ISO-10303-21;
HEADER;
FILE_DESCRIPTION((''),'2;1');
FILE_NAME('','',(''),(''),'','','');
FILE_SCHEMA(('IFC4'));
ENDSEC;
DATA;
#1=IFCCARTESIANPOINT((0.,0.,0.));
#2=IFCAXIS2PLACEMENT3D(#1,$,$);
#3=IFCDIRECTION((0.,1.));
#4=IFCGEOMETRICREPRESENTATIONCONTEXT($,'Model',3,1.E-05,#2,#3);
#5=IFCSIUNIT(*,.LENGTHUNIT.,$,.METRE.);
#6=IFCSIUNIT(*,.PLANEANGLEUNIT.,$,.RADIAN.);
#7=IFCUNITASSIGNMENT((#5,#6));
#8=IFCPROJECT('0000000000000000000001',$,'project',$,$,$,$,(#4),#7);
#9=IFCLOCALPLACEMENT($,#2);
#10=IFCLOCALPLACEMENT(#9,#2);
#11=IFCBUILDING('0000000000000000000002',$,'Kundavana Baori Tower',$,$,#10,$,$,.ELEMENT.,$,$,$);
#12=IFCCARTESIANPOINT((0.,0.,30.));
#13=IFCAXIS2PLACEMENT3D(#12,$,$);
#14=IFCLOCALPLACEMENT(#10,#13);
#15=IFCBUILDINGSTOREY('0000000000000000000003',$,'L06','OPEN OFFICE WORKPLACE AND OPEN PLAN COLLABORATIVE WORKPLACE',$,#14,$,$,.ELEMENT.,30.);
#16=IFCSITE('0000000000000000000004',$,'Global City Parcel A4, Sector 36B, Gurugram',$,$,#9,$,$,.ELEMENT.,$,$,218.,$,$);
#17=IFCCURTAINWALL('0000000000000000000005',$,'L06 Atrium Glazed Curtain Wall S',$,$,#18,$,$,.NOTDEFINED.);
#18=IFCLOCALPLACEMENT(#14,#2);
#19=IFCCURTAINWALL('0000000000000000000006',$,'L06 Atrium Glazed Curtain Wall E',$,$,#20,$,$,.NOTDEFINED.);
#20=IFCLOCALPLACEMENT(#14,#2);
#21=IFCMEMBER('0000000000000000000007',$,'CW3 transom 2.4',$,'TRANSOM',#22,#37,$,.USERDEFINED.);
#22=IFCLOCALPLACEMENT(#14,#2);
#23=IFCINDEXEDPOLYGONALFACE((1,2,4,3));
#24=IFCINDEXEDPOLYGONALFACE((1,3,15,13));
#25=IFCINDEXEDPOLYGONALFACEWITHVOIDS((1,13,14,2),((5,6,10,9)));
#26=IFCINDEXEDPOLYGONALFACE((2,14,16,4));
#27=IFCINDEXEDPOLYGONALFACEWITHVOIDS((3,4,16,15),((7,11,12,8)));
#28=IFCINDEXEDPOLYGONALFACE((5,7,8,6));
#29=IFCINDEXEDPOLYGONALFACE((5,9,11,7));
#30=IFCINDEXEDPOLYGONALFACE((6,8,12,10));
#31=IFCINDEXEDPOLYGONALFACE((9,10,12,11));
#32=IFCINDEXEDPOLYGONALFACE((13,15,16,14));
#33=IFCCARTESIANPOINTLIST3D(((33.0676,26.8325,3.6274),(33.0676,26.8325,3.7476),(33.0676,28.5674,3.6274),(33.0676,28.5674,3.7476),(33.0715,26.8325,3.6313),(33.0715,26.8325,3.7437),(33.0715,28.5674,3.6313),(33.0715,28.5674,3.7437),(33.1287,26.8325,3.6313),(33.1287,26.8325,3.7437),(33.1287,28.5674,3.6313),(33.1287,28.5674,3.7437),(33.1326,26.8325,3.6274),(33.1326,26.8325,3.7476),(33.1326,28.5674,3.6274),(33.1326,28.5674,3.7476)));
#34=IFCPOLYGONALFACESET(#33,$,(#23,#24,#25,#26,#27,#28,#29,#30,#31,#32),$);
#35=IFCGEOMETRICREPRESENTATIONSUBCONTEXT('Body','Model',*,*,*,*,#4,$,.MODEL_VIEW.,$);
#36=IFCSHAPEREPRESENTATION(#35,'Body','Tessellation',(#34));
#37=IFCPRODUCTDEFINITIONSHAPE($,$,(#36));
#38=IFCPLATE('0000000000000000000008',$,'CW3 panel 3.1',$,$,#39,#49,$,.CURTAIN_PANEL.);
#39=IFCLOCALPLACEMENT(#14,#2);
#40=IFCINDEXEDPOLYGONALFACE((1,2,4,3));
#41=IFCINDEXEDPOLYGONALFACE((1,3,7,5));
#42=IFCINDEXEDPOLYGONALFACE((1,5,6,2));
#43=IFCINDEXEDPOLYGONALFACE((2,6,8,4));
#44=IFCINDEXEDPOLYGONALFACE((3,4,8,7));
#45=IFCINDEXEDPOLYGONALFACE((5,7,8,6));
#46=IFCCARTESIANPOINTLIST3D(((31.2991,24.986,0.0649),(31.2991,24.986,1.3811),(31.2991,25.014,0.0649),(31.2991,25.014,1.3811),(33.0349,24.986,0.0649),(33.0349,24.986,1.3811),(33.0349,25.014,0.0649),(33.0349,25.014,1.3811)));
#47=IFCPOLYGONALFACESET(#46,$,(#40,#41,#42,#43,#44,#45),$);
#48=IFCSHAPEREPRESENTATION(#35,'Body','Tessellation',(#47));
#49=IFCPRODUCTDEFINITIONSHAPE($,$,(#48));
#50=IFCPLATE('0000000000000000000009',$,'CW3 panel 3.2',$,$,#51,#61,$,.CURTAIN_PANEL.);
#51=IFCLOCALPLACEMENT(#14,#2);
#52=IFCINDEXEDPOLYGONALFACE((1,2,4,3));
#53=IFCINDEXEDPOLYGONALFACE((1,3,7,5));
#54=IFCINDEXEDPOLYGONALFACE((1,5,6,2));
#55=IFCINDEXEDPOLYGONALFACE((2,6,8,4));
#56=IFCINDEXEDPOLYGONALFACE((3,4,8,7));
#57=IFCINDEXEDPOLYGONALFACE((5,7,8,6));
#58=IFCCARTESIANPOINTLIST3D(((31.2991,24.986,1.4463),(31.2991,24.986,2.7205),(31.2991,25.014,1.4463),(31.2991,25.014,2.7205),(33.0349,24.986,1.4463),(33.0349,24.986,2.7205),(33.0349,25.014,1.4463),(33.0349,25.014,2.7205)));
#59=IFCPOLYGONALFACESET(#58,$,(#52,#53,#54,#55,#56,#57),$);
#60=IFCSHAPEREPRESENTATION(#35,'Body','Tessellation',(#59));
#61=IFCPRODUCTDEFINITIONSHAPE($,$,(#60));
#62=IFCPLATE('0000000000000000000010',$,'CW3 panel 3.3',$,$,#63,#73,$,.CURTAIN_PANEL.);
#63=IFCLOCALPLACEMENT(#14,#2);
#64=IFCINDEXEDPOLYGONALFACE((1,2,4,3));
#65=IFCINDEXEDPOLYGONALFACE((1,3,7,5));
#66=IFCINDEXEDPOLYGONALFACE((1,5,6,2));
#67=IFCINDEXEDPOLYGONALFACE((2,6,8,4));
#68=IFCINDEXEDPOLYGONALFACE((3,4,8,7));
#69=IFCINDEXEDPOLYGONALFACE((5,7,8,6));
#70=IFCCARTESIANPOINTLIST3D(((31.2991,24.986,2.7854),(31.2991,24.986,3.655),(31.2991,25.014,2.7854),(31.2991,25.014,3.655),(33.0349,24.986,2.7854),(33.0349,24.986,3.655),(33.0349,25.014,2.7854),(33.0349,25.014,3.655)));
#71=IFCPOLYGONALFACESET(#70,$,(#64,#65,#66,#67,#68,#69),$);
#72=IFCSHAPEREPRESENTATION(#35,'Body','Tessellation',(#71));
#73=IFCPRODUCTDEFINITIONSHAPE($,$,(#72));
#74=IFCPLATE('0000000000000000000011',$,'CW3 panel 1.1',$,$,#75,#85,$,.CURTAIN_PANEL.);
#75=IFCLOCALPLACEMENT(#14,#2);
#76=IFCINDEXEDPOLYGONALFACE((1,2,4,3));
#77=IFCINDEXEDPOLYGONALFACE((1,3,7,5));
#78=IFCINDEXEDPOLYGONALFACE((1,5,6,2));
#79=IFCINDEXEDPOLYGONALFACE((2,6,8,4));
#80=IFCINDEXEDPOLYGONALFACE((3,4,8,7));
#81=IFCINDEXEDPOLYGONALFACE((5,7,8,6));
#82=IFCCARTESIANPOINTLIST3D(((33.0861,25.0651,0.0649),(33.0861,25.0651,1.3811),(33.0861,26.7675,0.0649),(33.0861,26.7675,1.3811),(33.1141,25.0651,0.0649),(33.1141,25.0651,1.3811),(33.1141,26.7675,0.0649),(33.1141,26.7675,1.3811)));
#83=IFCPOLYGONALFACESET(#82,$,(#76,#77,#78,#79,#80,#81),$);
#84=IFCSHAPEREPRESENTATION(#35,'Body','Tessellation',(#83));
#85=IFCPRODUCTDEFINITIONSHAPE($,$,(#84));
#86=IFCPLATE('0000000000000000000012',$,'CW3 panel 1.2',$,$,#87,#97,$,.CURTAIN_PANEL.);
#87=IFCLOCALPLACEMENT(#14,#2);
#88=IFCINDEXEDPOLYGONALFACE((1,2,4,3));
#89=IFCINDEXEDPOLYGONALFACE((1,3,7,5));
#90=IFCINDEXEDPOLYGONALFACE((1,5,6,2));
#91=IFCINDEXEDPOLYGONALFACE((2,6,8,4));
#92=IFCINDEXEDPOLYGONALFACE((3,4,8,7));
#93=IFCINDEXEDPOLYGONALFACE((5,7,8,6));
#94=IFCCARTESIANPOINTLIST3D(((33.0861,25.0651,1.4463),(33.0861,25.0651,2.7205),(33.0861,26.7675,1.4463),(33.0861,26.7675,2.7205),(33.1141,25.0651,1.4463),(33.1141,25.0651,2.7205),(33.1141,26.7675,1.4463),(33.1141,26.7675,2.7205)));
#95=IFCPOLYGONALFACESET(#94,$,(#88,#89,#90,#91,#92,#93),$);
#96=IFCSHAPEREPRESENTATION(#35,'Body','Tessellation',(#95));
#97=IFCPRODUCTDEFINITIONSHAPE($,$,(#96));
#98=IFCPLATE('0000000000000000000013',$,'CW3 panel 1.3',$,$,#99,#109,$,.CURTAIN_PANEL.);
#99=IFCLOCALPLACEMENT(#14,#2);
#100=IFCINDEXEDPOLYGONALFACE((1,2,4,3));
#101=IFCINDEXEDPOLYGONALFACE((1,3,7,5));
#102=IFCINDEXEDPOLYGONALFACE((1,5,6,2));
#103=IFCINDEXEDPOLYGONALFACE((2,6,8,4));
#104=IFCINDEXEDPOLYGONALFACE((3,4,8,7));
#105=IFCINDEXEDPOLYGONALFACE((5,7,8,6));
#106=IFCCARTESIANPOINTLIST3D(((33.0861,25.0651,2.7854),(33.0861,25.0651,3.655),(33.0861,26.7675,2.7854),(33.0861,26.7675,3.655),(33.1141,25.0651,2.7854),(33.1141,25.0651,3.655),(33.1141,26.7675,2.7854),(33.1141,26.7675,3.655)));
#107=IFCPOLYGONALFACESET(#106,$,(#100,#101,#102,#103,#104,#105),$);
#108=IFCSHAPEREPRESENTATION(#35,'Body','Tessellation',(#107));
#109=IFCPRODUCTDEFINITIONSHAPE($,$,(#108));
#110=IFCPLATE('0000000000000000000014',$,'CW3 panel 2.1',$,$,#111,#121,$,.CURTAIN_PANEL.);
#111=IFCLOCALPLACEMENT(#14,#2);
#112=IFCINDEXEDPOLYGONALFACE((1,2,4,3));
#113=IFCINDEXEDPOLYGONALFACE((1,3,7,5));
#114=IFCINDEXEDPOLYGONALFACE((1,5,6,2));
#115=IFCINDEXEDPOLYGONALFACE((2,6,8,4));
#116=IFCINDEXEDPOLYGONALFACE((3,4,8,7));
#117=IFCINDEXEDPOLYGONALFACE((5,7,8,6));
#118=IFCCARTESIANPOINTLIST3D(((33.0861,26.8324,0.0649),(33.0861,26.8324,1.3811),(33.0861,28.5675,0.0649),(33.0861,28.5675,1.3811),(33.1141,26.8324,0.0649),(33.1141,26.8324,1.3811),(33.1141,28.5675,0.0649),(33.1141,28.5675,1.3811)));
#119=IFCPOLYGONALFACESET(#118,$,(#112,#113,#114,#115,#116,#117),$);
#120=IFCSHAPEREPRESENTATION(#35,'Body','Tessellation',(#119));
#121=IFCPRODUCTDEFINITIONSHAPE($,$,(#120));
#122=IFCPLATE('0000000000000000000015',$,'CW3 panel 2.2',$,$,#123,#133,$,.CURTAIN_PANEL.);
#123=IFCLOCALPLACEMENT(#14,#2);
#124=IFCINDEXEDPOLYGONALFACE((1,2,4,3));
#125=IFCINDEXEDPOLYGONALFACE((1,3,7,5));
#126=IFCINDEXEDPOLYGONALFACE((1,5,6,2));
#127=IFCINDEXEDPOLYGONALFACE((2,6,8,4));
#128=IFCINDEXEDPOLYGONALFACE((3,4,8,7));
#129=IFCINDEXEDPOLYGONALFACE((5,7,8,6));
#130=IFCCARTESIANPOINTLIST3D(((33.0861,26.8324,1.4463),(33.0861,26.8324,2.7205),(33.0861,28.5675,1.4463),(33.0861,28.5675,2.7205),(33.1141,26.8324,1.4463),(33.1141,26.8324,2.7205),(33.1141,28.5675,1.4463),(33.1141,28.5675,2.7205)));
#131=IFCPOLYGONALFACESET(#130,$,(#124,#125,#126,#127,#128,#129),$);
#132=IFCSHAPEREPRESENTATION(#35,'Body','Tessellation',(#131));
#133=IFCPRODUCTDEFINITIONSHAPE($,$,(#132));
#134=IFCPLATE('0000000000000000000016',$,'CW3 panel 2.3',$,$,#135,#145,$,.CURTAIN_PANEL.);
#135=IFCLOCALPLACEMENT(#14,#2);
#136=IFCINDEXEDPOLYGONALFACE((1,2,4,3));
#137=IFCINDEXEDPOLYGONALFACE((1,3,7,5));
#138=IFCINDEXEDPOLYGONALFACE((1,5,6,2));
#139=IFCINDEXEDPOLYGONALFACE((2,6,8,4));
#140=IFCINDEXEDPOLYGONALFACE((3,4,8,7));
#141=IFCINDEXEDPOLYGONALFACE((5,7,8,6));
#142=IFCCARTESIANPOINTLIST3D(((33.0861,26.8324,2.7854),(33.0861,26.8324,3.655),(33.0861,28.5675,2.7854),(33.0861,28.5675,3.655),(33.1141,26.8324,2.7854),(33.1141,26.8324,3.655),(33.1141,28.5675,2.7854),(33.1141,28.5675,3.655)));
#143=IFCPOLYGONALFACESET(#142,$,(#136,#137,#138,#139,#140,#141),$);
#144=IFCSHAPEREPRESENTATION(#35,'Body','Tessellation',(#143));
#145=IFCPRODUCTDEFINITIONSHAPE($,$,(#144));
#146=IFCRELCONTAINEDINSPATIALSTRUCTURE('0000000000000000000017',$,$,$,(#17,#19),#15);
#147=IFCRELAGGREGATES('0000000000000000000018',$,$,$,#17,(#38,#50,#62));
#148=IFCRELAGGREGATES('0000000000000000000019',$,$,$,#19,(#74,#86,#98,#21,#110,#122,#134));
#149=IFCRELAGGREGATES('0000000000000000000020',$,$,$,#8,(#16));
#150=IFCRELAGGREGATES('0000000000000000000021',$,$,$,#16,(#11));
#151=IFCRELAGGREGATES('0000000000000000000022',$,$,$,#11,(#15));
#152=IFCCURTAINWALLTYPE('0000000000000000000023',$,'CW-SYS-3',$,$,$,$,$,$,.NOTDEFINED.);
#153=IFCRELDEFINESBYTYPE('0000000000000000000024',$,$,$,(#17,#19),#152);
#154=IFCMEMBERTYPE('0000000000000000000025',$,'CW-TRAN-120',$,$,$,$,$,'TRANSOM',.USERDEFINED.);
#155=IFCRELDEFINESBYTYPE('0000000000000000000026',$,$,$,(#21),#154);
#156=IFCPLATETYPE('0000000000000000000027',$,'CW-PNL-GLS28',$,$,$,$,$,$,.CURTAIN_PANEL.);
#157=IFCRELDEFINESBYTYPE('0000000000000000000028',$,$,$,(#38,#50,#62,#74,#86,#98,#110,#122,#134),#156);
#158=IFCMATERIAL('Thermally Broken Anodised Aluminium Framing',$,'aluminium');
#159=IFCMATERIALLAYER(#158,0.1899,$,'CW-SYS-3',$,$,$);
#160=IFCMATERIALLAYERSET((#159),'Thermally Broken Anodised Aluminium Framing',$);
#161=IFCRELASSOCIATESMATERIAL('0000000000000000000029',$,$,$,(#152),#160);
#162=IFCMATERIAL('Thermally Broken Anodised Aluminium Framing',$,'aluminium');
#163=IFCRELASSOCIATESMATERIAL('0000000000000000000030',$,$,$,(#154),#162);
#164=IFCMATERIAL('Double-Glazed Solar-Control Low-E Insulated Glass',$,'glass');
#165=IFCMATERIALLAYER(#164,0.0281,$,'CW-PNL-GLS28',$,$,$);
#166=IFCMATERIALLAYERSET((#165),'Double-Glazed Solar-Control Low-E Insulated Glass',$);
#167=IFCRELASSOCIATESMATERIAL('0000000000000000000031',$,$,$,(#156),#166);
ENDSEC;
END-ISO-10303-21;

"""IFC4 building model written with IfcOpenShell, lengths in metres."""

from ifc_helpers import new_model, si_unit, direction, frame, origin, origin_2d, place, context, subcontext, project, spatial, rectangle, hollow_rectangle, extrude, material, layer, layer_set, material_profile, profile_set, type_object, element, aggregate, save


model = new_model("IFC4")

# Units and contexts
model_context = context("Model", 3, precision=1e-05, world=origin(), true_north=direction((0.0, 1.0)))
body_context = subcontext(model_context, "Body", "Model", "MODEL_VIEW")
ifc_project = project(units=[si_unit("LENGTHUNIT", "METRE"), si_unit("PLANEANGLEUNIT", "RADIAN")], contexts=[model_context])

# Site, building, storey
site_placement = place(None, origin())
site = spatial("IfcSite", under=ifc_project, at=site_placement, Name="Global City Parcel A4, Sector 36B, Gurugram", CompositionType="ELEMENT", RefElevation=218.0)
building_placement = place(site_placement, origin())
building = spatial("IfcBuilding", under=site, at=building_placement, Name="Kundavana Baori Tower", CompositionType="ELEMENT")
storey_placement = place(building_placement, frame((0.0, 0.0, 30.0)))
storey = spatial("IfcBuildingStorey", under=building, at=storey_placement, Name="L06", Description="OPEN OFFICE WORKPLACE AND OPEN PLAN COLLABORATIVE WORKPLACE", CompositionType="ELEMENT", Elevation=30.0)

# Curtain wall
ifc_material_1 = material(Name="Thermally Broken Anodised Aluminium Framing", Category="aluminium")
ifc_layer_1 = layer(ifc_material_1, 0.1899, Name="CW-SYS-3")
ifc_layer_set_1 = layer_set([ifc_layer_1], Name="Thermally Broken Anodised Aluminium Framing")
curtain_wall_type = type_object("IfcCurtainWallType", Name="CW-SYS-3", PredefinedType="NOTDEFINED", material=ifc_layer_set_1)
curtain_wall_1_placement = place(storey_placement, origin())
curtain_wall_1 = element("IfcCurtainWall", 1, at=curtain_wall_1_placement, inside=storey, type_object=curtain_wall_type, Name="L06 Atrium Glazed Curtain Wall S", PredefinedType="NOTDEFINED")

# Curtain wall
curtain_wall_2_placement = place(storey_placement, origin())
curtain_wall_2 = element("IfcCurtainWall", 2, at=curtain_wall_2_placement, inside=storey, type_object=curtain_wall_type, Name="L06 Atrium Glazed Curtain Wall E", PredefinedType="NOTDEFINED")

# Member
ifc_material_2 = material(Name="Thermally Broken Anodised Aluminium Framing", Category="aluminium")
ifc_material_profile_1 = material_profile(ifc_material_2, hollow_rectangle(XDim=0.0649, YDim=0.1201, WallThickness=0.0039, at=origin_2d()), Name="CW-TRAN-120")
ifc_profile_set_1 = profile_set([ifc_material_profile_1], Name="Thermally Broken Anodised Aluminium Framing")
member_type_1 = type_object("IfcMemberType", Name="CW-TRAN-120", ElementType="TRANSOM", PredefinedType="USERDEFINED", material=ifc_profile_set_1)
member_1_placement = place(storey_placement, frame((33.1001, 26.8325, 3.6875), z_axis=(0.0, 1.0, 0.0), x_axis=(-1.0, 0.0, 0.0)))
member_1 = element("IfcMember", 3, at=member_1_placement, type_object=member_type_1, Name="CW3 transom 2.4", ObjectType="TRANSOM", PredefinedType="USERDEFINED", context=body_context, shape_type="SweptSolid", body=[
    extrude(hollow_rectangle(XDim=0.0649, YDim=0.1201, WallThickness=0.0039, at=origin_2d()), origin(), (0.0, 0.0, 1.0), 1.7349),
])

# Plates
ifc_material_3 = material(Name="Double-Glazed Solar-Control Low-E Insulated Glass", Category="glass")
ifc_layer_2 = layer(ifc_material_3, 0.0281, Name="CW-PNL-GLS28")
ifc_layer_set_2 = layer_set([ifc_layer_2], Name="Double-Glazed Solar-Control Low-E Insulated Glass")
plate_type = type_object("IfcPlateType", Name="CW-PNL-GLS28", PredefinedType="CURTAIN_PANEL", material=ifc_layer_set_2)
plate_1_placement = place(storey_placement, frame((32.167, 25.0, 0.0649), z_axis=(0.0, 0.0, 1.0), x_axis=(1.0, 0.0, 0.0)))
plate_1 = element("IfcPlate", 4, at=plate_1_placement, type_object=plate_type, Name="CW3 panel 3.1", PredefinedType="CURTAIN_PANEL", context=body_context, shape_type="SweptSolid", body=[
    extrude(rectangle(XDim=1.7358, YDim=0.0281, at=origin_2d()), origin(), (0.0, 0.0, 1.0), 1.3162),
])
plate_2_placement = place(storey_placement, frame((32.167, 25.0, 1.4463), z_axis=(0.0, 0.0, 1.0), x_axis=(1.0, 0.0, 0.0)))
plate_2 = element("IfcPlate", 5, at=plate_2_placement, type_object=plate_type, Name="CW3 panel 3.2", PredefinedType="CURTAIN_PANEL", context=body_context, shape_type="SweptSolid", body=[
    extrude(rectangle(XDim=1.7358, YDim=0.0281, at=origin_2d()), origin(), (0.0, 0.0, 1.0), 1.2742),
])
plate_3_placement = place(storey_placement, frame((32.167, 25.0, 2.7854), z_axis=(0.0, 0.0, 1.0), x_axis=(1.0, 0.0, 0.0)))
plate_3 = element("IfcPlate", 6, at=plate_3_placement, type_object=plate_type, Name="CW3 panel 3.3", PredefinedType="CURTAIN_PANEL", context=body_context, shape_type="SweptSolid", body=[
    extrude(rectangle(XDim=1.7358, YDim=0.0281, at=origin_2d()), origin(), (0.0, 0.0, 1.0), 0.8696),
])
aggregate(curtain_wall_1, [plate_1, plate_2, plate_3])
plate_4_placement = place(storey_placement, frame((33.1001, 25.9163, 0.0649), z_axis=(0.0, 0.0, 1.0), x_axis=(0.0, 1.0, 0.0)))
plate_4 = element("IfcPlate", 7, at=plate_4_placement, type_object=plate_type, Name="CW3 panel 1.1", PredefinedType="CURTAIN_PANEL", context=body_context, shape_type="SweptSolid", body=[
    extrude(rectangle(XDim=1.7024, YDim=0.0281, at=origin_2d()), origin(), (0.0, 0.0, 1.0), 1.3162),
])
plate_5_placement = place(storey_placement, frame((33.1001, 25.9163, 1.4463), z_axis=(0.0, 0.0, 1.0), x_axis=(0.0, 1.0, 0.0)))
plate_5 = element("IfcPlate", 8, at=plate_5_placement, type_object=plate_type, Name="CW3 panel 1.2", PredefinedType="CURTAIN_PANEL", context=body_context, shape_type="SweptSolid", body=[
    extrude(rectangle(XDim=1.7024, YDim=0.0281, at=origin_2d()), origin(), (0.0, 0.0, 1.0), 1.2742),
])
plate_6_placement = place(storey_placement, frame((33.1001, 25.9163, 2.7854), z_axis=(0.0, 0.0, 1.0), x_axis=(0.0, 1.0, 0.0)))
plate_6 = element("IfcPlate", 9, at=plate_6_placement, type_object=plate_type, Name="CW3 panel 1.3", PredefinedType="CURTAIN_PANEL", context=body_context, shape_type="SweptSolid", body=[
    extrude(rectangle(XDim=1.7024, YDim=0.0281, at=origin_2d()), origin(), (0.0, 0.0, 1.0), 0.8696),
])
plate_7_placement = place(storey_placement, frame((33.1001, 27.7, 0.0649), z_axis=(0.0, 0.0, 1.0), x_axis=(0.0, 1.0, 0.0)))
plate_7 = element("IfcPlate", 10, at=plate_7_placement, type_object=plate_type, Name="CW3 panel 2.1", PredefinedType="CURTAIN_PANEL", context=body_context, shape_type="SweptSolid", body=[
    extrude(rectangle(XDim=1.7351, YDim=0.0281, at=origin_2d()), origin(), (0.0, 0.0, 1.0), 1.3162),
])
plate_8_placement = place(storey_placement, frame((33.1001, 27.7, 1.4463), z_axis=(0.0, 0.0, 1.0), x_axis=(0.0, 1.0, 0.0)))
plate_8 = element("IfcPlate", 11, at=plate_8_placement, type_object=plate_type, Name="CW3 panel 2.2", PredefinedType="CURTAIN_PANEL", context=body_context, shape_type="SweptSolid", body=[
    extrude(rectangle(XDim=1.7351, YDim=0.0281, at=origin_2d()), origin(), (0.0, 0.0, 1.0), 1.2742),
])
plate_9_placement = place(storey_placement, frame((33.1001, 27.7, 2.7854), z_axis=(0.0, 0.0, 1.0), x_axis=(0.0, 1.0, 0.0)))
plate_9 = element("IfcPlate", 12, at=plate_9_placement, type_object=plate_type, Name="CW3 panel 2.3", PredefinedType="CURTAIN_PANEL", context=body_context, shape_type="SweptSolid", body=[
    extrude(rectangle(XDim=1.7351, YDim=0.0281, at=origin_2d()), origin(), (0.0, 0.0, 1.0), 0.8696),
])
aggregate(curtain_wall_2, [plate_4, plate_5, plate_6, member_1, plate_7, plate_8, plate_9])

save(model, "model.ifc")
